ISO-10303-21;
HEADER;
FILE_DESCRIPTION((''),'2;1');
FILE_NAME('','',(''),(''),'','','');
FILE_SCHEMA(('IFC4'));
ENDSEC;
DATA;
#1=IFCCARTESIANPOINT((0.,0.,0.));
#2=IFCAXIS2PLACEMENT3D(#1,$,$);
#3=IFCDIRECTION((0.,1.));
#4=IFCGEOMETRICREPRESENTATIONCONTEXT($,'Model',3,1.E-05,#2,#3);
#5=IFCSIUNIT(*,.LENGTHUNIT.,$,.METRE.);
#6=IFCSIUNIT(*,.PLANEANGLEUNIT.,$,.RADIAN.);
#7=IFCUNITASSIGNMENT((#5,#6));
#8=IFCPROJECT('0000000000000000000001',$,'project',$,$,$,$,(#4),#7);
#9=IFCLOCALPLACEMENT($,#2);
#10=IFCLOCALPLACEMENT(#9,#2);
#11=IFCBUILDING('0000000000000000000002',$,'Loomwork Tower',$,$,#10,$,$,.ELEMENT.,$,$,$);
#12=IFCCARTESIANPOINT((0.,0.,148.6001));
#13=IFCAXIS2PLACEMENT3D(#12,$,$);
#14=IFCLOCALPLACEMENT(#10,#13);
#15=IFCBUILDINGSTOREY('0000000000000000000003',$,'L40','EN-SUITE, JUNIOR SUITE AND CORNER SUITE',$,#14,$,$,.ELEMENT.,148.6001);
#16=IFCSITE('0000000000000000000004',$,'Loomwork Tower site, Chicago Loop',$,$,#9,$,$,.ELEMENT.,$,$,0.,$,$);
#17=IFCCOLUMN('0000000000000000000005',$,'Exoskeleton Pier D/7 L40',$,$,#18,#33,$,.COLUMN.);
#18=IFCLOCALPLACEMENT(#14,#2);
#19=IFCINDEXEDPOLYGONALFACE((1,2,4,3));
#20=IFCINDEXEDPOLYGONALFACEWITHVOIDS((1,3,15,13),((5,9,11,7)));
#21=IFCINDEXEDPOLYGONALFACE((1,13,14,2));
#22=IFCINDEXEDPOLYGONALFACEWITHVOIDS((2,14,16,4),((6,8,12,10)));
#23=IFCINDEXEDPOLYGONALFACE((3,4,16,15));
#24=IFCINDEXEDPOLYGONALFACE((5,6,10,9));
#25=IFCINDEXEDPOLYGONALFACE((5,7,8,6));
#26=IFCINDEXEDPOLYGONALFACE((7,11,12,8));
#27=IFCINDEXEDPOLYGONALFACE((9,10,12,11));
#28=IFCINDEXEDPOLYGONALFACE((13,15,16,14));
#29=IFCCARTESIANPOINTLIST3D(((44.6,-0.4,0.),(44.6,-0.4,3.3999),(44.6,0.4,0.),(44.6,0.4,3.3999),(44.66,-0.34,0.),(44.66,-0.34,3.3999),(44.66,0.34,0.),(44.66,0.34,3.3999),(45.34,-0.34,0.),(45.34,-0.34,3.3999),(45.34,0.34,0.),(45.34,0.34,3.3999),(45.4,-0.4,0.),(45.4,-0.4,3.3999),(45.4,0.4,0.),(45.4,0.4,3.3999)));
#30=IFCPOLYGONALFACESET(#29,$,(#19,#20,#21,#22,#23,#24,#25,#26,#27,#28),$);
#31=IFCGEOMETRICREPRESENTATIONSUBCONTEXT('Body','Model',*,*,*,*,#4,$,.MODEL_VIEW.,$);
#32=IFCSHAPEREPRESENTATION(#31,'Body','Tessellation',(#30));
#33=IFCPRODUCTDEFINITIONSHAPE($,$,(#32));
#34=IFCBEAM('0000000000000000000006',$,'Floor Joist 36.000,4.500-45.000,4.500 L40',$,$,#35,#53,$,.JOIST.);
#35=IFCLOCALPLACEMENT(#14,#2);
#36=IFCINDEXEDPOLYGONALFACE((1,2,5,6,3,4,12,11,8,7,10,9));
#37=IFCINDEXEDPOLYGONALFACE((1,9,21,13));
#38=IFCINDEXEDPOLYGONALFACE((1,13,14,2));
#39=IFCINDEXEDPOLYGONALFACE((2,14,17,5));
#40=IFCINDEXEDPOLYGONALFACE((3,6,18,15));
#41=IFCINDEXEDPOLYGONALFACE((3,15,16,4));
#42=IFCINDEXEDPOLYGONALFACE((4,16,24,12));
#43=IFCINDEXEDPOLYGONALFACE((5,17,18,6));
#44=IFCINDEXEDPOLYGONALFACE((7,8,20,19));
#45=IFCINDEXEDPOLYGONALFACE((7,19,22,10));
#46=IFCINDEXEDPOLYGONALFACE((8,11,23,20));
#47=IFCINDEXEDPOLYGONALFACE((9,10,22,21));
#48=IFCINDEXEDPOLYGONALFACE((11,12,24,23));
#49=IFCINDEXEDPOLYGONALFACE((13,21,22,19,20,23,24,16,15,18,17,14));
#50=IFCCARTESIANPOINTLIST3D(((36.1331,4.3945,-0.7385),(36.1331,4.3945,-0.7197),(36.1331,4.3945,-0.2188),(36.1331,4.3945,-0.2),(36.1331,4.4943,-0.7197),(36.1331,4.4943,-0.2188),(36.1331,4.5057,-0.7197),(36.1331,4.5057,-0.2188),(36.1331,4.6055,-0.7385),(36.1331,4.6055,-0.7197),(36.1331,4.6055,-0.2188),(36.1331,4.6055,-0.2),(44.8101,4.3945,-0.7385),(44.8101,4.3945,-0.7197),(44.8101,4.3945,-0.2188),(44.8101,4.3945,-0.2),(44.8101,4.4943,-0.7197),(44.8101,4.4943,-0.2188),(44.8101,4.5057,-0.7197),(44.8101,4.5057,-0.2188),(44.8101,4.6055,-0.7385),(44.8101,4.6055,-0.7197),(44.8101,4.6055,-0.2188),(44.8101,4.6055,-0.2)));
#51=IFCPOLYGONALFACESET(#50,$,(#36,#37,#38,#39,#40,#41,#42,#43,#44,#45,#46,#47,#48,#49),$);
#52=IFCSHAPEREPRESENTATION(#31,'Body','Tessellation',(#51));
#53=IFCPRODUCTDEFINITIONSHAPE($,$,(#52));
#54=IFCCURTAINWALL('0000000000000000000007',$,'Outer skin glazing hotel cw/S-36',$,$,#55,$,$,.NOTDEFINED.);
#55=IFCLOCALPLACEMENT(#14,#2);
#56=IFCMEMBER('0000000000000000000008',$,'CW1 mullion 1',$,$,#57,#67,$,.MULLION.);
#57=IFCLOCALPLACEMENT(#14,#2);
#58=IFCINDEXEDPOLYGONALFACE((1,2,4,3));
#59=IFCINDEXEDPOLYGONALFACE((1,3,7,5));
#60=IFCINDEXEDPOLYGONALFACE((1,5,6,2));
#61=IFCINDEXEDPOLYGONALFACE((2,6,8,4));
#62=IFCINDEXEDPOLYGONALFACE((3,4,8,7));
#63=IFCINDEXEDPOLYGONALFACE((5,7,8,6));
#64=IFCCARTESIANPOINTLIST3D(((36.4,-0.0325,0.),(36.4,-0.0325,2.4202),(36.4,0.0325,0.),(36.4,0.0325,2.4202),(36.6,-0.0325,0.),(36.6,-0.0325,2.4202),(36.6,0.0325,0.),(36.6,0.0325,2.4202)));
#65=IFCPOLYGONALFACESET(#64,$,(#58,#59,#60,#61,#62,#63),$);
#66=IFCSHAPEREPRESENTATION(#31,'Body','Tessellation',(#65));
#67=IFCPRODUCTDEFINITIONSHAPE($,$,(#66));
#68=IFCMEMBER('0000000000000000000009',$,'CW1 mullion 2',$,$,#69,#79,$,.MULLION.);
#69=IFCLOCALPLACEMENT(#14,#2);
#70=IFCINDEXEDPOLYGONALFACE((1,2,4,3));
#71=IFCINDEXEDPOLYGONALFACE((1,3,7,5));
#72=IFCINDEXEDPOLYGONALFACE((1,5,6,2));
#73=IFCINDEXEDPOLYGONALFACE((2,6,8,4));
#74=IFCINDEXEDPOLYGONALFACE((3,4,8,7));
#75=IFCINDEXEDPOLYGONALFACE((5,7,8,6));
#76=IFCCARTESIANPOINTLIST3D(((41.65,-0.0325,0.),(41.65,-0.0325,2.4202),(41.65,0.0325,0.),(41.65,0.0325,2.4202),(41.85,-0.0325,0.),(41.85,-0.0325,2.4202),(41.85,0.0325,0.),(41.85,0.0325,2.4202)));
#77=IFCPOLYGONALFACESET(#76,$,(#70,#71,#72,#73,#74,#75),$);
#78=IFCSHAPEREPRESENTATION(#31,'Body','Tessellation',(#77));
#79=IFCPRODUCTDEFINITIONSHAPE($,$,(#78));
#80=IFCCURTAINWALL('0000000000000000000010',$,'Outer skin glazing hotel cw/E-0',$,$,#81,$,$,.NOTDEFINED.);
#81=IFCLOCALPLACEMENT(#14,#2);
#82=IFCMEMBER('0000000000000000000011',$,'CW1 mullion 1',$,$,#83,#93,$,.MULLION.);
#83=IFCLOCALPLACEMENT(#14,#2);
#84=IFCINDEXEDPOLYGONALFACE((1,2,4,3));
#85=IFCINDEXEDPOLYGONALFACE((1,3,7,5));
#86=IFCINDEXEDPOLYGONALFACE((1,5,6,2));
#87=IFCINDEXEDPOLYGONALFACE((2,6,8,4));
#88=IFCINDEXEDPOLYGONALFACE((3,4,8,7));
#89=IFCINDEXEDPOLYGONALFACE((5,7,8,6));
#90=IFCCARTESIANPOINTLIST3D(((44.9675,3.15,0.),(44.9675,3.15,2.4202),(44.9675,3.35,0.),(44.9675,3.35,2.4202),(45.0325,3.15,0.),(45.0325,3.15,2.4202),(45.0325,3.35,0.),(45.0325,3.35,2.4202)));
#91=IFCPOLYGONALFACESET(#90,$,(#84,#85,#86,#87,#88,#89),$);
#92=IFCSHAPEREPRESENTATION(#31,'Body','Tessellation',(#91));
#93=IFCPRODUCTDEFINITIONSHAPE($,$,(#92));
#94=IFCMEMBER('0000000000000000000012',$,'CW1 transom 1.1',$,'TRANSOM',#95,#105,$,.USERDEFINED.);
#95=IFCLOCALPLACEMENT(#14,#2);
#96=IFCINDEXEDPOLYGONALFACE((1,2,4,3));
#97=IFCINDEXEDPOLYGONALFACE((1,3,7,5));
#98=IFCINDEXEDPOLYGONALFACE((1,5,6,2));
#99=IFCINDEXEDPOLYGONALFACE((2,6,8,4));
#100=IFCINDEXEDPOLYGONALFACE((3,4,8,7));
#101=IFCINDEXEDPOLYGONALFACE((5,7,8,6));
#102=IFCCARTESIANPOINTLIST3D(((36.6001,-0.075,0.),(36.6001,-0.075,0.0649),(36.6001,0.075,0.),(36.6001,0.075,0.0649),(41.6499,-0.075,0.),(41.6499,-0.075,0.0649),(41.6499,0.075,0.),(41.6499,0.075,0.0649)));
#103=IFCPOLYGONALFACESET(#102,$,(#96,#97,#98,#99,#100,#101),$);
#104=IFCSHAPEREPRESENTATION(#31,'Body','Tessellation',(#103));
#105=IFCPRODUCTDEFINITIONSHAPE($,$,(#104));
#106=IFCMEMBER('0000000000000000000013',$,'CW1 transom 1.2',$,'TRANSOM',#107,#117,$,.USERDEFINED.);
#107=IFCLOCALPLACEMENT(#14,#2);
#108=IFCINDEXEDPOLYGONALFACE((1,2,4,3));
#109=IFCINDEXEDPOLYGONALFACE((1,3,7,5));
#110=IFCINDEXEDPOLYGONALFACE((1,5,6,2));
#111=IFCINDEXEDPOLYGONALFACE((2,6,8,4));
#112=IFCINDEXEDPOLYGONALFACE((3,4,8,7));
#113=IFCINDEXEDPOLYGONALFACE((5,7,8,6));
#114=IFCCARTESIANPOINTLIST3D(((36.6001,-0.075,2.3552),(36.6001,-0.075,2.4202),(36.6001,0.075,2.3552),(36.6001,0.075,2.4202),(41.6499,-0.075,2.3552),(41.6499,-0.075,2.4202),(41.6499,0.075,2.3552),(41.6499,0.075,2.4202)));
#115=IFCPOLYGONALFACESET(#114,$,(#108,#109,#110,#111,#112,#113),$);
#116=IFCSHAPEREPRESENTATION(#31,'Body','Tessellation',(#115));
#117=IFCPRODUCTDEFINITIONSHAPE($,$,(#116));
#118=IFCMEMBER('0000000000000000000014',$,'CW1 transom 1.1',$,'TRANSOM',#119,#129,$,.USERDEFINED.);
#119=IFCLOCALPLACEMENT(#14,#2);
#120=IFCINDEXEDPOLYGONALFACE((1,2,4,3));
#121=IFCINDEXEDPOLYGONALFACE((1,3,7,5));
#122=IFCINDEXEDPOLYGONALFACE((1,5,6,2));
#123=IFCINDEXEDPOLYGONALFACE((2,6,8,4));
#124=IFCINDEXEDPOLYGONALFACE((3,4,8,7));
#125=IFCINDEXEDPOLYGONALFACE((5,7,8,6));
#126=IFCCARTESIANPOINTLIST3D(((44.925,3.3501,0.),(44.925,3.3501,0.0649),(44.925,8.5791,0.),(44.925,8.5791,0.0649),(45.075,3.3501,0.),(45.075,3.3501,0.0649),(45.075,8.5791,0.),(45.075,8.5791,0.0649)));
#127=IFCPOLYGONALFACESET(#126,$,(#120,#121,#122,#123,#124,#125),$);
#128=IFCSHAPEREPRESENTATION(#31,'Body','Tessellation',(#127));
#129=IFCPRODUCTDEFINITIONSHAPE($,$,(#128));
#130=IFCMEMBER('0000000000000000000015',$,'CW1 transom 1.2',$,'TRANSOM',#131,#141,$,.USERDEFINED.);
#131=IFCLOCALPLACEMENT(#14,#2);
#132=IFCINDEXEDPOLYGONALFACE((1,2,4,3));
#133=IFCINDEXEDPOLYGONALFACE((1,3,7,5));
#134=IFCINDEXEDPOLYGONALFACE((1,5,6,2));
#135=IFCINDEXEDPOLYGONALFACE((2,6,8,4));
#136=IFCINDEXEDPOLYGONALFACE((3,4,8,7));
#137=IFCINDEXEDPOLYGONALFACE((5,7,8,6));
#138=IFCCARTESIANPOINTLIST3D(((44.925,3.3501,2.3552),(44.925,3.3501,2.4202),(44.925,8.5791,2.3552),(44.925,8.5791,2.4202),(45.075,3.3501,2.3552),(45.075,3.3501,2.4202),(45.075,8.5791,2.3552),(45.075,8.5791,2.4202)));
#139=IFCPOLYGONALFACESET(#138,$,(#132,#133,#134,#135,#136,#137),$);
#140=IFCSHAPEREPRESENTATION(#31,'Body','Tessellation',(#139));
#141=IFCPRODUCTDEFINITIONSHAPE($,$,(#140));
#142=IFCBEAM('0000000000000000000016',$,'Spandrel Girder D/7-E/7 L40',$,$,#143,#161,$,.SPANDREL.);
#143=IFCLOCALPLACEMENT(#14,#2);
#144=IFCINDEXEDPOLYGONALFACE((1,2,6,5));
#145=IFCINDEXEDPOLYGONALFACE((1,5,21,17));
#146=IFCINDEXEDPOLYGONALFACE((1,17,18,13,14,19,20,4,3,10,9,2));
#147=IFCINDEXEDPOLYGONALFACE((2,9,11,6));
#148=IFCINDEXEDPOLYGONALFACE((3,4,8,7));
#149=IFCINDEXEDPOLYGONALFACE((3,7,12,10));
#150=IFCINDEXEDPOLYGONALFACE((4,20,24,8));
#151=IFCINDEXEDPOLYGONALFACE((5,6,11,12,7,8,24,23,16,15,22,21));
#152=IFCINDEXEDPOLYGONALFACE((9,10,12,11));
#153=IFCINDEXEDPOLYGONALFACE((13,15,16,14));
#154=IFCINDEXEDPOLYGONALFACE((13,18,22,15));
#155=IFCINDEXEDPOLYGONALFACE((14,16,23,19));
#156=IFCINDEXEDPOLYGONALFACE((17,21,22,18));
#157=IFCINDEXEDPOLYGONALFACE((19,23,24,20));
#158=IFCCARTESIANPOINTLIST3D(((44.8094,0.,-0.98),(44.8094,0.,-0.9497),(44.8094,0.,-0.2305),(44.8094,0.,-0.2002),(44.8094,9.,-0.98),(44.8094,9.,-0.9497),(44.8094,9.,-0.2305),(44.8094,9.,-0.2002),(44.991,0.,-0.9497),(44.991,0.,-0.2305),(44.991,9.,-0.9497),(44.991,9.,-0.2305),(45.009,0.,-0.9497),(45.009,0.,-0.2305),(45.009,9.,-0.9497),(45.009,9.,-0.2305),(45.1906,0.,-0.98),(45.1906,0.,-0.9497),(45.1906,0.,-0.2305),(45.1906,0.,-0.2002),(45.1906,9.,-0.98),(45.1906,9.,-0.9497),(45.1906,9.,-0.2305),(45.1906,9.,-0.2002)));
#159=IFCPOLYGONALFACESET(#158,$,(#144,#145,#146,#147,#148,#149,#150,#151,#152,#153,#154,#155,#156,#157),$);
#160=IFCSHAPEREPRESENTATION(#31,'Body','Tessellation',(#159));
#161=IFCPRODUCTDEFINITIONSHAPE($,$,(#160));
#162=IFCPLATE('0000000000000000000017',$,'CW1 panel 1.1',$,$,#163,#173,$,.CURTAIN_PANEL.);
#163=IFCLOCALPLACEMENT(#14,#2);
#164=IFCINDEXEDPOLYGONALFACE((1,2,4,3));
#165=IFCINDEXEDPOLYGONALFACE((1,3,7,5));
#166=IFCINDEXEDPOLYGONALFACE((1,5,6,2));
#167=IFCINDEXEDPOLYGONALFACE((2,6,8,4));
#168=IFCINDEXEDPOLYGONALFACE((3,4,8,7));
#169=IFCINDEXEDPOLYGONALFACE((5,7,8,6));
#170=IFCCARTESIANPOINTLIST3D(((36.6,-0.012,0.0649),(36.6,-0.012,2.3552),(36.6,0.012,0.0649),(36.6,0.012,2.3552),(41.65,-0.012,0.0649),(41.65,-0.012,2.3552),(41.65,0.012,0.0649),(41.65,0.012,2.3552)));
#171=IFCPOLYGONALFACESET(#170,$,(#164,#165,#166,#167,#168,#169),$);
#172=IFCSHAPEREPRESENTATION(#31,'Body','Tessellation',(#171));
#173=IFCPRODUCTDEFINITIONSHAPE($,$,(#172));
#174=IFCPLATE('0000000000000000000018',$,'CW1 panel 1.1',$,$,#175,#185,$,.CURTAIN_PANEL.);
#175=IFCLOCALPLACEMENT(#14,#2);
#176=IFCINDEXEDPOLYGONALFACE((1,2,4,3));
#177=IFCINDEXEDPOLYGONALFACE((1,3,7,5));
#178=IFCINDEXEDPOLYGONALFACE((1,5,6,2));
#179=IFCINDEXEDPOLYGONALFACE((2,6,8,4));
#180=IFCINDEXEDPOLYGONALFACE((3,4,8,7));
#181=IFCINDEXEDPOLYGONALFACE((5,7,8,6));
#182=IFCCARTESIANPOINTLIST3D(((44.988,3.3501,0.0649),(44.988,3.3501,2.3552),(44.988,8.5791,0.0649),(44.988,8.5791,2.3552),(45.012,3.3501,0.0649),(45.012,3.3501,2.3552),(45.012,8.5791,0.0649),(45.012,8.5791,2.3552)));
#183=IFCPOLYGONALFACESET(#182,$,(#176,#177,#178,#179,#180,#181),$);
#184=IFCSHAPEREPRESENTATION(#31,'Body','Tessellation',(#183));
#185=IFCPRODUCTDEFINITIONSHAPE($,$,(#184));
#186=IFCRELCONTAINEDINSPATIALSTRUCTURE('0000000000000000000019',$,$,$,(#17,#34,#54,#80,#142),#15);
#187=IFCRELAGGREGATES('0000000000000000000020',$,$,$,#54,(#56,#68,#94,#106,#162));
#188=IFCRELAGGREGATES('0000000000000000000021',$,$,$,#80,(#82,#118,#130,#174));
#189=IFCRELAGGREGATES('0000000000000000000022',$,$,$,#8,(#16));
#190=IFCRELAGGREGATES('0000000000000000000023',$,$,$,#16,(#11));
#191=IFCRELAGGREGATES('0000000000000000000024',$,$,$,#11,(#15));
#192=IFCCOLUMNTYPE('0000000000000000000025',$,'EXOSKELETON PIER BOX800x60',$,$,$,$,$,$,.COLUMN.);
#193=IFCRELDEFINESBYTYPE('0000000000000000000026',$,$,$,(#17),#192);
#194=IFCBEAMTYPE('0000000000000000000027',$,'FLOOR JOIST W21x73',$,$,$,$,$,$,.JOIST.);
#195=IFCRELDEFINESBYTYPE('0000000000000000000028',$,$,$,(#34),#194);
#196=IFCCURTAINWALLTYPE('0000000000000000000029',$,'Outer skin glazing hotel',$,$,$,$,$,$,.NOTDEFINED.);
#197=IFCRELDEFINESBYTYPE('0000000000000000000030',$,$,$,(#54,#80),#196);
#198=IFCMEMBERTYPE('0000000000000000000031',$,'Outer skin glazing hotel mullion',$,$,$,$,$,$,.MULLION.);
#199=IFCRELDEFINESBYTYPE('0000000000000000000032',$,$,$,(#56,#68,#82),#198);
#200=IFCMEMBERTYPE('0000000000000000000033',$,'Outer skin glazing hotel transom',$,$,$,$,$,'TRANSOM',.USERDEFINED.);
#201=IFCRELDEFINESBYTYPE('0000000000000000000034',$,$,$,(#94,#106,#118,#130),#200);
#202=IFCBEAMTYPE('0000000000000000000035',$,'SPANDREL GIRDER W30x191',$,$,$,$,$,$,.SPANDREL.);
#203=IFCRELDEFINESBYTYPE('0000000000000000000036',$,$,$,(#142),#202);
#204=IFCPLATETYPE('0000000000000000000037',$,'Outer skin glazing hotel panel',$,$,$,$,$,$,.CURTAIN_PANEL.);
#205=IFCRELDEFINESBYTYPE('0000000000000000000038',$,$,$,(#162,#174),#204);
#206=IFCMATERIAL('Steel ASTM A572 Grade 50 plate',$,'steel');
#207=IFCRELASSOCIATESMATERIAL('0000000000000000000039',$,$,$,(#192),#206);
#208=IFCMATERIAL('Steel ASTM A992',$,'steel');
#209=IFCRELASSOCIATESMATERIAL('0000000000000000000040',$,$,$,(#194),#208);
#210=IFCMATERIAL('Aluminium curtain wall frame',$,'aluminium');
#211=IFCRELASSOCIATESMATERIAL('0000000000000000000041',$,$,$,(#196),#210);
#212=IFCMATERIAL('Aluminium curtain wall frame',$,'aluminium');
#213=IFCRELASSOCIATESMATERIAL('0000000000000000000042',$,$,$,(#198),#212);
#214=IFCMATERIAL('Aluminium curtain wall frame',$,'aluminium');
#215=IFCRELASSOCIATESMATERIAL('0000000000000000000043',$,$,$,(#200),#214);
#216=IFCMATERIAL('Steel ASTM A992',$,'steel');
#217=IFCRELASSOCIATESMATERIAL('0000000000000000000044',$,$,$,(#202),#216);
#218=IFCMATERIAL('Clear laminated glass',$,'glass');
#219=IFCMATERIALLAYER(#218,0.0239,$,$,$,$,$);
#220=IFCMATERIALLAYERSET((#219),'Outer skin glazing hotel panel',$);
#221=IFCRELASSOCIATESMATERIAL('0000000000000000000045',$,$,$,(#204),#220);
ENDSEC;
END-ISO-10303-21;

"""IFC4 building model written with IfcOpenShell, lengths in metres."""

from ifc_helpers import new_model, si_unit, direction, frame, origin, origin_2d, place, context, subcontext, project, spatial, rectangle, hollow_rectangle, i_section, extrude, material, layer, layer_set, material_profile, profile_set, type_object, element, aggregate, save


model = new_model("IFC4")

# Units and contexts
model_context = context("Model", 3, precision=1e-05, world=origin(), true_north=direction((0.0, 1.0)))
body_context = subcontext(model_context, "Body", "Model", "MODEL_VIEW")
ifc_project = project(units=[si_unit("LENGTHUNIT", "METRE"), si_unit("PLANEANGLEUNIT", "RADIAN")], contexts=[model_context])

# Site, building, storey
site_placement = place(None, origin())
site = spatial("IfcSite", under=ifc_project, at=site_placement, Name="Loomwork Tower site, Chicago Loop", CompositionType="ELEMENT", RefElevation=0.0)
building_placement = place(site_placement, origin())
building = spatial("IfcBuilding", under=site, at=building_placement, Name="Loomwork Tower", CompositionType="ELEMENT")
storey_placement = place(building_placement, frame((0.0, 0.0, 148.6001)))
storey = spatial("IfcBuildingStorey", under=building, at=storey_placement, Name="L40", Description="EN-SUITE, JUNIOR SUITE AND CORNER SUITE", CompositionType="ELEMENT", Elevation=148.6001)

# Column
ifc_material_1 = material(Name="Steel ASTM A572 Grade 50 plate", Category="steel")
ifc_material_profile_1 = material_profile(ifc_material_1, hollow_rectangle(XDim=0.8, YDim=0.8, WallThickness=0.0601, at=origin_2d()), Name="BOX800x60")
ifc_profile_set_1 = profile_set([ifc_material_profile_1], Name="Steel ASTM A572 Grade 50 plate")
column_type = type_object("IfcColumnType", Name="EXOSKELETON PIER BOX800x60", PredefinedType="COLUMN", material=ifc_profile_set_1)
column_placement = place(storey_placement, frame((45.0, 0.0, 0.0), z_axis=(0.0, 0.0, 1.0), x_axis=(1.0, 0.0, 0.0)))
element("IfcColumn", 1, at=column_placement, inside=storey, type_object=column_type, Name="Exoskeleton Pier D/7 L40", PredefinedType="COLUMN", context=body_context, shape_type="SweptSolid", body=[
    extrude(hollow_rectangle(XDim=0.8, YDim=0.8, WallThickness=0.0601, at=origin_2d()), origin(), (0.0, 0.0, 1.0), 3.3999),
])

# Beam
ifc_material_2 = material(Name="Steel ASTM A992", Category="steel")
ifc_material_profile_2 = material_profile(ifc_material_2, i_section(OverallWidth=0.2109, OverallDepth=0.5386, WebThickness=0.0115, FlangeThickness=0.0188, at=origin_2d()), Name="W21x73")
ifc_profile_set_2 = profile_set([ifc_material_profile_2], Name="Steel ASTM A992")
beam_type_1 = type_object("IfcBeamType", Name="FLOOR JOIST W21x73", PredefinedType="JOIST", material=ifc_profile_set_2)
beam_1_placement = place(storey_placement, frame((36.1331, 4.5, -0.4692), z_axis=(1.0, 0.0, 0.0), x_axis=(0.0, 1.0, 0.0)))
element("IfcBeam", 2, at=beam_1_placement, inside=storey, type_object=beam_type_1, Name="Floor Joist 36.000,4.500-45.000,4.500 L40", PredefinedType="JOIST", context=body_context, shape_type="SweptSolid", body=[
    extrude(i_section(OverallWidth=0.2109, OverallDepth=0.5386, WebThickness=0.0115, FlangeThickness=0.0188, at=origin_2d()), origin(), (0.0, 0.0, 1.0), 8.677),
])

# Curtain wall, members
ifc_material_3 = material(Name="Aluminium curtain wall frame", Category="aluminium")
curtain_wall_type = type_object("IfcCurtainWallType", Name="Outer skin glazing hotel", PredefinedType="NOTDEFINED", material=ifc_material_3)
curtain_wall_1_placement = place(storey_placement, origin())
curtain_wall_1 = element("IfcCurtainWall", 3, at=curtain_wall_1_placement, inside=storey, type_object=curtain_wall_type, Name="Outer skin glazing hotel cw/S-36", PredefinedType="NOTDEFINED")
ifc_material_4 = material(Name="Aluminium curtain wall frame", Category="aluminium")
ifc_material_profile_3 = material_profile(ifc_material_4, rectangle(XDim=0.0649, YDim=0.2, at=origin_2d()), Name="AL 65x200")
ifc_profile_set_3 = profile_set([ifc_material_profile_3], Name="Aluminium curtain wall frame")
member_type_1 = type_object("IfcMemberType", Name="Outer skin glazing hotel mullion", PredefinedType="MULLION", material=ifc_profile_set_3)
member_1_placement = place(storey_placement, frame((36.5, 0.0, 0.0), z_axis=(0.0, 0.0, 1.0), x_axis=(0.0, 1.0, 0.0)))
member_1 = element("IfcMember", 4, at=member_1_placement, type_object=member_type_1, Name="CW1 mullion 1", PredefinedType="MULLION", context=body_context, shape_type="SweptSolid", body=[
    extrude(rectangle(XDim=0.0649, YDim=0.2, at=origin_2d()), origin(), (0.0, 0.0, 1.0), 2.4202),
])
member_2_placement = place(storey_placement, frame((41.75, 0.0, 0.0), z_axis=(0.0, 0.0, 1.0), x_axis=(0.0, 1.0, 0.0)))
member_2 = element("IfcMember", 5, at=member_2_placement, type_object=member_type_1, Name="CW1 mullion 2", PredefinedType="MULLION", context=body_context, shape_type="SweptSolid", body=[
    extrude(rectangle(XDim=0.0649, YDim=0.2, at=origin_2d()), origin(), (0.0, 0.0, 1.0), 2.4202),
])

# Curtain wall, member
curtain_wall_2_placement = place(storey_placement, origin())
curtain_wall_2 = element("IfcCurtainWall", 6, at=curtain_wall_2_placement, inside=storey, type_object=curtain_wall_type, Name="Outer skin glazing hotel cw/E-0", PredefinedType="NOTDEFINED")
member_3_placement = place(storey_placement, frame((45.0, 3.25, 0.0), z_axis=(0.0, 0.0, 1.0), x_axis=(-1.0, 0.0, 0.0)))
member_3 = element("IfcMember", 7, at=member_3_placement, type_object=member_type_1, Name="CW1 mullion 1", PredefinedType="MULLION", context=body_context, shape_type="SweptSolid", body=[
    extrude(rectangle(XDim=0.0649, YDim=0.2, at=origin_2d()), origin(), (0.0, 0.0, 1.0), 2.4202),
])

# Members
ifc_material_5 = material(Name="Aluminium curtain wall frame", Category="aluminium")
ifc_material_profile_4 = material_profile(ifc_material_5, rectangle(XDim=0.1499, YDim=0.0649, at=origin_2d()), Name="AL 65x150")
ifc_profile_set_4 = profile_set([ifc_material_profile_4], Name="Aluminium curtain wall frame")
member_type_2 = type_object("IfcMemberType", Name="Outer skin glazing hotel transom", ElementType="TRANSOM", PredefinedType="USERDEFINED", material=ifc_profile_set_4)
member_4_placement = place(storey_placement, frame((36.6001, 0.0, 0.0325), z_axis=(1.0, 0.0, 0.0), x_axis=(0.0, 1.0, 0.0)))
member_4 = element("IfcMember", 8, at=member_4_placement, type_object=member_type_2, Name="CW1 transom 1.1", ObjectType="TRANSOM", PredefinedType="USERDEFINED", context=body_context, shape_type="SweptSolid", body=[
    extrude(rectangle(XDim=0.1499, YDim=0.0649, at=origin_2d()), origin(), (0.0, 0.0, 1.0), 5.0498),
])
member_5_placement = place(storey_placement, frame((36.6001, 0.0, 2.3877), z_axis=(1.0, 0.0, 0.0), x_axis=(0.0, 1.0, 0.0)))
member_5 = element("IfcMember", 9, at=member_5_placement, type_object=member_type_2, Name="CW1 transom 1.2", ObjectType="TRANSOM", PredefinedType="USERDEFINED", context=body_context, shape_type="SweptSolid", body=[
    extrude(rectangle(XDim=0.1499, YDim=0.0649, at=origin_2d()), origin(), (0.0, 0.0, 1.0), 5.0498),
])
member_6_placement = place(storey_placement, frame((45.0, 3.3501, 0.0325), z_axis=(0.0, 1.0, 0.0), x_axis=(-1.0, 0.0, 0.0)))
member_6 = element("IfcMember", 10, at=member_6_placement, type_object=member_type_2, Name="CW1 transom 1.1", ObjectType="TRANSOM", PredefinedType="USERDEFINED", context=body_context, shape_type="SweptSolid", body=[
    extrude(rectangle(XDim=0.1499, YDim=0.0649, at=origin_2d()), origin(), (0.0, 0.0, 1.0), 5.229),
])
member_7_placement = place(storey_placement, frame((45.0, 3.3501, 2.3877), z_axis=(0.0, 1.0, 0.0), x_axis=(-1.0, 0.0, 0.0)))
member_7 = element("IfcMember", 11, at=member_7_placement, type_object=member_type_2, Name="CW1 transom 1.2", ObjectType="TRANSOM", PredefinedType="USERDEFINED", context=body_context, shape_type="SweptSolid", body=[
    extrude(rectangle(XDim=0.1499, YDim=0.0649, at=origin_2d()), origin(), (0.0, 0.0, 1.0), 5.229),
])

# Beam
ifc_material_6 = material(Name="Steel ASTM A992", Category="steel")
ifc_material_profile_5 = material_profile(ifc_material_6, i_section(OverallWidth=0.3811, OverallDepth=0.7798, WebThickness=0.0181, FlangeThickness=0.0303, at=origin_2d()), Name="W30x191")
ifc_profile_set_5 = profile_set([ifc_material_profile_5], Name="Steel ASTM A992")
beam_type_2 = type_object("IfcBeamType", Name="SPANDREL GIRDER W30x191", PredefinedType="SPANDREL", material=ifc_profile_set_5)
beam_2_placement = place(storey_placement, frame((45.0, 0.0, -0.5901), z_axis=(0.0, 1.0, 0.0), x_axis=(-1.0, 0.0, 0.0)))
element("IfcBeam", 12, at=beam_2_placement, inside=storey, type_object=beam_type_2, Name="Spandrel Girder D/7-E/7 L40", PredefinedType="SPANDREL", context=body_context, shape_type="SweptSolid", body=[
    extrude(i_section(OverallWidth=0.3811, OverallDepth=0.7798, WebThickness=0.0181, FlangeThickness=0.0303, at=origin_2d()), origin(), (0.0, 0.0, 1.0), 9.0),
])

# Plates
ifc_material_7 = material(Name="Clear laminated glass", Category="glass")
ifc_layer_1 = layer(ifc_material_7, 0.0239)
ifc_layer_set_1 = layer_set([ifc_layer_1], Name="Outer skin glazing hotel panel")
plate_type = type_object("IfcPlateType", Name="Outer skin glazing hotel panel", PredefinedType="CURTAIN_PANEL", material=ifc_layer_set_1)
plate_1_placement = place(storey_placement, frame((39.125, 0.0, 0.0649), z_axis=(0.0, 0.0, 1.0), x_axis=(1.0, 0.0, 0.0)))
plate_1 = element("IfcPlate", 13, at=plate_1_placement, type_object=plate_type, Name="CW1 panel 1.1", PredefinedType="CURTAIN_PANEL", context=body_context, shape_type="SweptSolid", body=[
    extrude(rectangle(XDim=5.05, YDim=0.0239, at=origin_2d()), origin(), (0.0, 0.0, 1.0), 2.2903),
])
aggregate(curtain_wall_1, [member_1, member_2, member_4, member_5, plate_1])
plate_2_placement = place(storey_placement, frame((45.0, 5.9646, 0.0649), z_axis=(0.0, 0.0, 1.0), x_axis=(0.0, 1.0, 0.0)))
plate_2 = element("IfcPlate", 14, at=plate_2_placement, type_object=plate_type, Name="CW1 panel 1.1", PredefinedType="CURTAIN_PANEL", context=body_context, shape_type="SweptSolid", body=[
    extrude(rectangle(XDim=5.229, YDim=0.0239, at=origin_2d()), origin(), (0.0, 0.0, 1.0), 2.2903),
])
aggregate(curtain_wall_2, [member_3, member_6, member_7, plate_2])

save(model, "model.ifc")
